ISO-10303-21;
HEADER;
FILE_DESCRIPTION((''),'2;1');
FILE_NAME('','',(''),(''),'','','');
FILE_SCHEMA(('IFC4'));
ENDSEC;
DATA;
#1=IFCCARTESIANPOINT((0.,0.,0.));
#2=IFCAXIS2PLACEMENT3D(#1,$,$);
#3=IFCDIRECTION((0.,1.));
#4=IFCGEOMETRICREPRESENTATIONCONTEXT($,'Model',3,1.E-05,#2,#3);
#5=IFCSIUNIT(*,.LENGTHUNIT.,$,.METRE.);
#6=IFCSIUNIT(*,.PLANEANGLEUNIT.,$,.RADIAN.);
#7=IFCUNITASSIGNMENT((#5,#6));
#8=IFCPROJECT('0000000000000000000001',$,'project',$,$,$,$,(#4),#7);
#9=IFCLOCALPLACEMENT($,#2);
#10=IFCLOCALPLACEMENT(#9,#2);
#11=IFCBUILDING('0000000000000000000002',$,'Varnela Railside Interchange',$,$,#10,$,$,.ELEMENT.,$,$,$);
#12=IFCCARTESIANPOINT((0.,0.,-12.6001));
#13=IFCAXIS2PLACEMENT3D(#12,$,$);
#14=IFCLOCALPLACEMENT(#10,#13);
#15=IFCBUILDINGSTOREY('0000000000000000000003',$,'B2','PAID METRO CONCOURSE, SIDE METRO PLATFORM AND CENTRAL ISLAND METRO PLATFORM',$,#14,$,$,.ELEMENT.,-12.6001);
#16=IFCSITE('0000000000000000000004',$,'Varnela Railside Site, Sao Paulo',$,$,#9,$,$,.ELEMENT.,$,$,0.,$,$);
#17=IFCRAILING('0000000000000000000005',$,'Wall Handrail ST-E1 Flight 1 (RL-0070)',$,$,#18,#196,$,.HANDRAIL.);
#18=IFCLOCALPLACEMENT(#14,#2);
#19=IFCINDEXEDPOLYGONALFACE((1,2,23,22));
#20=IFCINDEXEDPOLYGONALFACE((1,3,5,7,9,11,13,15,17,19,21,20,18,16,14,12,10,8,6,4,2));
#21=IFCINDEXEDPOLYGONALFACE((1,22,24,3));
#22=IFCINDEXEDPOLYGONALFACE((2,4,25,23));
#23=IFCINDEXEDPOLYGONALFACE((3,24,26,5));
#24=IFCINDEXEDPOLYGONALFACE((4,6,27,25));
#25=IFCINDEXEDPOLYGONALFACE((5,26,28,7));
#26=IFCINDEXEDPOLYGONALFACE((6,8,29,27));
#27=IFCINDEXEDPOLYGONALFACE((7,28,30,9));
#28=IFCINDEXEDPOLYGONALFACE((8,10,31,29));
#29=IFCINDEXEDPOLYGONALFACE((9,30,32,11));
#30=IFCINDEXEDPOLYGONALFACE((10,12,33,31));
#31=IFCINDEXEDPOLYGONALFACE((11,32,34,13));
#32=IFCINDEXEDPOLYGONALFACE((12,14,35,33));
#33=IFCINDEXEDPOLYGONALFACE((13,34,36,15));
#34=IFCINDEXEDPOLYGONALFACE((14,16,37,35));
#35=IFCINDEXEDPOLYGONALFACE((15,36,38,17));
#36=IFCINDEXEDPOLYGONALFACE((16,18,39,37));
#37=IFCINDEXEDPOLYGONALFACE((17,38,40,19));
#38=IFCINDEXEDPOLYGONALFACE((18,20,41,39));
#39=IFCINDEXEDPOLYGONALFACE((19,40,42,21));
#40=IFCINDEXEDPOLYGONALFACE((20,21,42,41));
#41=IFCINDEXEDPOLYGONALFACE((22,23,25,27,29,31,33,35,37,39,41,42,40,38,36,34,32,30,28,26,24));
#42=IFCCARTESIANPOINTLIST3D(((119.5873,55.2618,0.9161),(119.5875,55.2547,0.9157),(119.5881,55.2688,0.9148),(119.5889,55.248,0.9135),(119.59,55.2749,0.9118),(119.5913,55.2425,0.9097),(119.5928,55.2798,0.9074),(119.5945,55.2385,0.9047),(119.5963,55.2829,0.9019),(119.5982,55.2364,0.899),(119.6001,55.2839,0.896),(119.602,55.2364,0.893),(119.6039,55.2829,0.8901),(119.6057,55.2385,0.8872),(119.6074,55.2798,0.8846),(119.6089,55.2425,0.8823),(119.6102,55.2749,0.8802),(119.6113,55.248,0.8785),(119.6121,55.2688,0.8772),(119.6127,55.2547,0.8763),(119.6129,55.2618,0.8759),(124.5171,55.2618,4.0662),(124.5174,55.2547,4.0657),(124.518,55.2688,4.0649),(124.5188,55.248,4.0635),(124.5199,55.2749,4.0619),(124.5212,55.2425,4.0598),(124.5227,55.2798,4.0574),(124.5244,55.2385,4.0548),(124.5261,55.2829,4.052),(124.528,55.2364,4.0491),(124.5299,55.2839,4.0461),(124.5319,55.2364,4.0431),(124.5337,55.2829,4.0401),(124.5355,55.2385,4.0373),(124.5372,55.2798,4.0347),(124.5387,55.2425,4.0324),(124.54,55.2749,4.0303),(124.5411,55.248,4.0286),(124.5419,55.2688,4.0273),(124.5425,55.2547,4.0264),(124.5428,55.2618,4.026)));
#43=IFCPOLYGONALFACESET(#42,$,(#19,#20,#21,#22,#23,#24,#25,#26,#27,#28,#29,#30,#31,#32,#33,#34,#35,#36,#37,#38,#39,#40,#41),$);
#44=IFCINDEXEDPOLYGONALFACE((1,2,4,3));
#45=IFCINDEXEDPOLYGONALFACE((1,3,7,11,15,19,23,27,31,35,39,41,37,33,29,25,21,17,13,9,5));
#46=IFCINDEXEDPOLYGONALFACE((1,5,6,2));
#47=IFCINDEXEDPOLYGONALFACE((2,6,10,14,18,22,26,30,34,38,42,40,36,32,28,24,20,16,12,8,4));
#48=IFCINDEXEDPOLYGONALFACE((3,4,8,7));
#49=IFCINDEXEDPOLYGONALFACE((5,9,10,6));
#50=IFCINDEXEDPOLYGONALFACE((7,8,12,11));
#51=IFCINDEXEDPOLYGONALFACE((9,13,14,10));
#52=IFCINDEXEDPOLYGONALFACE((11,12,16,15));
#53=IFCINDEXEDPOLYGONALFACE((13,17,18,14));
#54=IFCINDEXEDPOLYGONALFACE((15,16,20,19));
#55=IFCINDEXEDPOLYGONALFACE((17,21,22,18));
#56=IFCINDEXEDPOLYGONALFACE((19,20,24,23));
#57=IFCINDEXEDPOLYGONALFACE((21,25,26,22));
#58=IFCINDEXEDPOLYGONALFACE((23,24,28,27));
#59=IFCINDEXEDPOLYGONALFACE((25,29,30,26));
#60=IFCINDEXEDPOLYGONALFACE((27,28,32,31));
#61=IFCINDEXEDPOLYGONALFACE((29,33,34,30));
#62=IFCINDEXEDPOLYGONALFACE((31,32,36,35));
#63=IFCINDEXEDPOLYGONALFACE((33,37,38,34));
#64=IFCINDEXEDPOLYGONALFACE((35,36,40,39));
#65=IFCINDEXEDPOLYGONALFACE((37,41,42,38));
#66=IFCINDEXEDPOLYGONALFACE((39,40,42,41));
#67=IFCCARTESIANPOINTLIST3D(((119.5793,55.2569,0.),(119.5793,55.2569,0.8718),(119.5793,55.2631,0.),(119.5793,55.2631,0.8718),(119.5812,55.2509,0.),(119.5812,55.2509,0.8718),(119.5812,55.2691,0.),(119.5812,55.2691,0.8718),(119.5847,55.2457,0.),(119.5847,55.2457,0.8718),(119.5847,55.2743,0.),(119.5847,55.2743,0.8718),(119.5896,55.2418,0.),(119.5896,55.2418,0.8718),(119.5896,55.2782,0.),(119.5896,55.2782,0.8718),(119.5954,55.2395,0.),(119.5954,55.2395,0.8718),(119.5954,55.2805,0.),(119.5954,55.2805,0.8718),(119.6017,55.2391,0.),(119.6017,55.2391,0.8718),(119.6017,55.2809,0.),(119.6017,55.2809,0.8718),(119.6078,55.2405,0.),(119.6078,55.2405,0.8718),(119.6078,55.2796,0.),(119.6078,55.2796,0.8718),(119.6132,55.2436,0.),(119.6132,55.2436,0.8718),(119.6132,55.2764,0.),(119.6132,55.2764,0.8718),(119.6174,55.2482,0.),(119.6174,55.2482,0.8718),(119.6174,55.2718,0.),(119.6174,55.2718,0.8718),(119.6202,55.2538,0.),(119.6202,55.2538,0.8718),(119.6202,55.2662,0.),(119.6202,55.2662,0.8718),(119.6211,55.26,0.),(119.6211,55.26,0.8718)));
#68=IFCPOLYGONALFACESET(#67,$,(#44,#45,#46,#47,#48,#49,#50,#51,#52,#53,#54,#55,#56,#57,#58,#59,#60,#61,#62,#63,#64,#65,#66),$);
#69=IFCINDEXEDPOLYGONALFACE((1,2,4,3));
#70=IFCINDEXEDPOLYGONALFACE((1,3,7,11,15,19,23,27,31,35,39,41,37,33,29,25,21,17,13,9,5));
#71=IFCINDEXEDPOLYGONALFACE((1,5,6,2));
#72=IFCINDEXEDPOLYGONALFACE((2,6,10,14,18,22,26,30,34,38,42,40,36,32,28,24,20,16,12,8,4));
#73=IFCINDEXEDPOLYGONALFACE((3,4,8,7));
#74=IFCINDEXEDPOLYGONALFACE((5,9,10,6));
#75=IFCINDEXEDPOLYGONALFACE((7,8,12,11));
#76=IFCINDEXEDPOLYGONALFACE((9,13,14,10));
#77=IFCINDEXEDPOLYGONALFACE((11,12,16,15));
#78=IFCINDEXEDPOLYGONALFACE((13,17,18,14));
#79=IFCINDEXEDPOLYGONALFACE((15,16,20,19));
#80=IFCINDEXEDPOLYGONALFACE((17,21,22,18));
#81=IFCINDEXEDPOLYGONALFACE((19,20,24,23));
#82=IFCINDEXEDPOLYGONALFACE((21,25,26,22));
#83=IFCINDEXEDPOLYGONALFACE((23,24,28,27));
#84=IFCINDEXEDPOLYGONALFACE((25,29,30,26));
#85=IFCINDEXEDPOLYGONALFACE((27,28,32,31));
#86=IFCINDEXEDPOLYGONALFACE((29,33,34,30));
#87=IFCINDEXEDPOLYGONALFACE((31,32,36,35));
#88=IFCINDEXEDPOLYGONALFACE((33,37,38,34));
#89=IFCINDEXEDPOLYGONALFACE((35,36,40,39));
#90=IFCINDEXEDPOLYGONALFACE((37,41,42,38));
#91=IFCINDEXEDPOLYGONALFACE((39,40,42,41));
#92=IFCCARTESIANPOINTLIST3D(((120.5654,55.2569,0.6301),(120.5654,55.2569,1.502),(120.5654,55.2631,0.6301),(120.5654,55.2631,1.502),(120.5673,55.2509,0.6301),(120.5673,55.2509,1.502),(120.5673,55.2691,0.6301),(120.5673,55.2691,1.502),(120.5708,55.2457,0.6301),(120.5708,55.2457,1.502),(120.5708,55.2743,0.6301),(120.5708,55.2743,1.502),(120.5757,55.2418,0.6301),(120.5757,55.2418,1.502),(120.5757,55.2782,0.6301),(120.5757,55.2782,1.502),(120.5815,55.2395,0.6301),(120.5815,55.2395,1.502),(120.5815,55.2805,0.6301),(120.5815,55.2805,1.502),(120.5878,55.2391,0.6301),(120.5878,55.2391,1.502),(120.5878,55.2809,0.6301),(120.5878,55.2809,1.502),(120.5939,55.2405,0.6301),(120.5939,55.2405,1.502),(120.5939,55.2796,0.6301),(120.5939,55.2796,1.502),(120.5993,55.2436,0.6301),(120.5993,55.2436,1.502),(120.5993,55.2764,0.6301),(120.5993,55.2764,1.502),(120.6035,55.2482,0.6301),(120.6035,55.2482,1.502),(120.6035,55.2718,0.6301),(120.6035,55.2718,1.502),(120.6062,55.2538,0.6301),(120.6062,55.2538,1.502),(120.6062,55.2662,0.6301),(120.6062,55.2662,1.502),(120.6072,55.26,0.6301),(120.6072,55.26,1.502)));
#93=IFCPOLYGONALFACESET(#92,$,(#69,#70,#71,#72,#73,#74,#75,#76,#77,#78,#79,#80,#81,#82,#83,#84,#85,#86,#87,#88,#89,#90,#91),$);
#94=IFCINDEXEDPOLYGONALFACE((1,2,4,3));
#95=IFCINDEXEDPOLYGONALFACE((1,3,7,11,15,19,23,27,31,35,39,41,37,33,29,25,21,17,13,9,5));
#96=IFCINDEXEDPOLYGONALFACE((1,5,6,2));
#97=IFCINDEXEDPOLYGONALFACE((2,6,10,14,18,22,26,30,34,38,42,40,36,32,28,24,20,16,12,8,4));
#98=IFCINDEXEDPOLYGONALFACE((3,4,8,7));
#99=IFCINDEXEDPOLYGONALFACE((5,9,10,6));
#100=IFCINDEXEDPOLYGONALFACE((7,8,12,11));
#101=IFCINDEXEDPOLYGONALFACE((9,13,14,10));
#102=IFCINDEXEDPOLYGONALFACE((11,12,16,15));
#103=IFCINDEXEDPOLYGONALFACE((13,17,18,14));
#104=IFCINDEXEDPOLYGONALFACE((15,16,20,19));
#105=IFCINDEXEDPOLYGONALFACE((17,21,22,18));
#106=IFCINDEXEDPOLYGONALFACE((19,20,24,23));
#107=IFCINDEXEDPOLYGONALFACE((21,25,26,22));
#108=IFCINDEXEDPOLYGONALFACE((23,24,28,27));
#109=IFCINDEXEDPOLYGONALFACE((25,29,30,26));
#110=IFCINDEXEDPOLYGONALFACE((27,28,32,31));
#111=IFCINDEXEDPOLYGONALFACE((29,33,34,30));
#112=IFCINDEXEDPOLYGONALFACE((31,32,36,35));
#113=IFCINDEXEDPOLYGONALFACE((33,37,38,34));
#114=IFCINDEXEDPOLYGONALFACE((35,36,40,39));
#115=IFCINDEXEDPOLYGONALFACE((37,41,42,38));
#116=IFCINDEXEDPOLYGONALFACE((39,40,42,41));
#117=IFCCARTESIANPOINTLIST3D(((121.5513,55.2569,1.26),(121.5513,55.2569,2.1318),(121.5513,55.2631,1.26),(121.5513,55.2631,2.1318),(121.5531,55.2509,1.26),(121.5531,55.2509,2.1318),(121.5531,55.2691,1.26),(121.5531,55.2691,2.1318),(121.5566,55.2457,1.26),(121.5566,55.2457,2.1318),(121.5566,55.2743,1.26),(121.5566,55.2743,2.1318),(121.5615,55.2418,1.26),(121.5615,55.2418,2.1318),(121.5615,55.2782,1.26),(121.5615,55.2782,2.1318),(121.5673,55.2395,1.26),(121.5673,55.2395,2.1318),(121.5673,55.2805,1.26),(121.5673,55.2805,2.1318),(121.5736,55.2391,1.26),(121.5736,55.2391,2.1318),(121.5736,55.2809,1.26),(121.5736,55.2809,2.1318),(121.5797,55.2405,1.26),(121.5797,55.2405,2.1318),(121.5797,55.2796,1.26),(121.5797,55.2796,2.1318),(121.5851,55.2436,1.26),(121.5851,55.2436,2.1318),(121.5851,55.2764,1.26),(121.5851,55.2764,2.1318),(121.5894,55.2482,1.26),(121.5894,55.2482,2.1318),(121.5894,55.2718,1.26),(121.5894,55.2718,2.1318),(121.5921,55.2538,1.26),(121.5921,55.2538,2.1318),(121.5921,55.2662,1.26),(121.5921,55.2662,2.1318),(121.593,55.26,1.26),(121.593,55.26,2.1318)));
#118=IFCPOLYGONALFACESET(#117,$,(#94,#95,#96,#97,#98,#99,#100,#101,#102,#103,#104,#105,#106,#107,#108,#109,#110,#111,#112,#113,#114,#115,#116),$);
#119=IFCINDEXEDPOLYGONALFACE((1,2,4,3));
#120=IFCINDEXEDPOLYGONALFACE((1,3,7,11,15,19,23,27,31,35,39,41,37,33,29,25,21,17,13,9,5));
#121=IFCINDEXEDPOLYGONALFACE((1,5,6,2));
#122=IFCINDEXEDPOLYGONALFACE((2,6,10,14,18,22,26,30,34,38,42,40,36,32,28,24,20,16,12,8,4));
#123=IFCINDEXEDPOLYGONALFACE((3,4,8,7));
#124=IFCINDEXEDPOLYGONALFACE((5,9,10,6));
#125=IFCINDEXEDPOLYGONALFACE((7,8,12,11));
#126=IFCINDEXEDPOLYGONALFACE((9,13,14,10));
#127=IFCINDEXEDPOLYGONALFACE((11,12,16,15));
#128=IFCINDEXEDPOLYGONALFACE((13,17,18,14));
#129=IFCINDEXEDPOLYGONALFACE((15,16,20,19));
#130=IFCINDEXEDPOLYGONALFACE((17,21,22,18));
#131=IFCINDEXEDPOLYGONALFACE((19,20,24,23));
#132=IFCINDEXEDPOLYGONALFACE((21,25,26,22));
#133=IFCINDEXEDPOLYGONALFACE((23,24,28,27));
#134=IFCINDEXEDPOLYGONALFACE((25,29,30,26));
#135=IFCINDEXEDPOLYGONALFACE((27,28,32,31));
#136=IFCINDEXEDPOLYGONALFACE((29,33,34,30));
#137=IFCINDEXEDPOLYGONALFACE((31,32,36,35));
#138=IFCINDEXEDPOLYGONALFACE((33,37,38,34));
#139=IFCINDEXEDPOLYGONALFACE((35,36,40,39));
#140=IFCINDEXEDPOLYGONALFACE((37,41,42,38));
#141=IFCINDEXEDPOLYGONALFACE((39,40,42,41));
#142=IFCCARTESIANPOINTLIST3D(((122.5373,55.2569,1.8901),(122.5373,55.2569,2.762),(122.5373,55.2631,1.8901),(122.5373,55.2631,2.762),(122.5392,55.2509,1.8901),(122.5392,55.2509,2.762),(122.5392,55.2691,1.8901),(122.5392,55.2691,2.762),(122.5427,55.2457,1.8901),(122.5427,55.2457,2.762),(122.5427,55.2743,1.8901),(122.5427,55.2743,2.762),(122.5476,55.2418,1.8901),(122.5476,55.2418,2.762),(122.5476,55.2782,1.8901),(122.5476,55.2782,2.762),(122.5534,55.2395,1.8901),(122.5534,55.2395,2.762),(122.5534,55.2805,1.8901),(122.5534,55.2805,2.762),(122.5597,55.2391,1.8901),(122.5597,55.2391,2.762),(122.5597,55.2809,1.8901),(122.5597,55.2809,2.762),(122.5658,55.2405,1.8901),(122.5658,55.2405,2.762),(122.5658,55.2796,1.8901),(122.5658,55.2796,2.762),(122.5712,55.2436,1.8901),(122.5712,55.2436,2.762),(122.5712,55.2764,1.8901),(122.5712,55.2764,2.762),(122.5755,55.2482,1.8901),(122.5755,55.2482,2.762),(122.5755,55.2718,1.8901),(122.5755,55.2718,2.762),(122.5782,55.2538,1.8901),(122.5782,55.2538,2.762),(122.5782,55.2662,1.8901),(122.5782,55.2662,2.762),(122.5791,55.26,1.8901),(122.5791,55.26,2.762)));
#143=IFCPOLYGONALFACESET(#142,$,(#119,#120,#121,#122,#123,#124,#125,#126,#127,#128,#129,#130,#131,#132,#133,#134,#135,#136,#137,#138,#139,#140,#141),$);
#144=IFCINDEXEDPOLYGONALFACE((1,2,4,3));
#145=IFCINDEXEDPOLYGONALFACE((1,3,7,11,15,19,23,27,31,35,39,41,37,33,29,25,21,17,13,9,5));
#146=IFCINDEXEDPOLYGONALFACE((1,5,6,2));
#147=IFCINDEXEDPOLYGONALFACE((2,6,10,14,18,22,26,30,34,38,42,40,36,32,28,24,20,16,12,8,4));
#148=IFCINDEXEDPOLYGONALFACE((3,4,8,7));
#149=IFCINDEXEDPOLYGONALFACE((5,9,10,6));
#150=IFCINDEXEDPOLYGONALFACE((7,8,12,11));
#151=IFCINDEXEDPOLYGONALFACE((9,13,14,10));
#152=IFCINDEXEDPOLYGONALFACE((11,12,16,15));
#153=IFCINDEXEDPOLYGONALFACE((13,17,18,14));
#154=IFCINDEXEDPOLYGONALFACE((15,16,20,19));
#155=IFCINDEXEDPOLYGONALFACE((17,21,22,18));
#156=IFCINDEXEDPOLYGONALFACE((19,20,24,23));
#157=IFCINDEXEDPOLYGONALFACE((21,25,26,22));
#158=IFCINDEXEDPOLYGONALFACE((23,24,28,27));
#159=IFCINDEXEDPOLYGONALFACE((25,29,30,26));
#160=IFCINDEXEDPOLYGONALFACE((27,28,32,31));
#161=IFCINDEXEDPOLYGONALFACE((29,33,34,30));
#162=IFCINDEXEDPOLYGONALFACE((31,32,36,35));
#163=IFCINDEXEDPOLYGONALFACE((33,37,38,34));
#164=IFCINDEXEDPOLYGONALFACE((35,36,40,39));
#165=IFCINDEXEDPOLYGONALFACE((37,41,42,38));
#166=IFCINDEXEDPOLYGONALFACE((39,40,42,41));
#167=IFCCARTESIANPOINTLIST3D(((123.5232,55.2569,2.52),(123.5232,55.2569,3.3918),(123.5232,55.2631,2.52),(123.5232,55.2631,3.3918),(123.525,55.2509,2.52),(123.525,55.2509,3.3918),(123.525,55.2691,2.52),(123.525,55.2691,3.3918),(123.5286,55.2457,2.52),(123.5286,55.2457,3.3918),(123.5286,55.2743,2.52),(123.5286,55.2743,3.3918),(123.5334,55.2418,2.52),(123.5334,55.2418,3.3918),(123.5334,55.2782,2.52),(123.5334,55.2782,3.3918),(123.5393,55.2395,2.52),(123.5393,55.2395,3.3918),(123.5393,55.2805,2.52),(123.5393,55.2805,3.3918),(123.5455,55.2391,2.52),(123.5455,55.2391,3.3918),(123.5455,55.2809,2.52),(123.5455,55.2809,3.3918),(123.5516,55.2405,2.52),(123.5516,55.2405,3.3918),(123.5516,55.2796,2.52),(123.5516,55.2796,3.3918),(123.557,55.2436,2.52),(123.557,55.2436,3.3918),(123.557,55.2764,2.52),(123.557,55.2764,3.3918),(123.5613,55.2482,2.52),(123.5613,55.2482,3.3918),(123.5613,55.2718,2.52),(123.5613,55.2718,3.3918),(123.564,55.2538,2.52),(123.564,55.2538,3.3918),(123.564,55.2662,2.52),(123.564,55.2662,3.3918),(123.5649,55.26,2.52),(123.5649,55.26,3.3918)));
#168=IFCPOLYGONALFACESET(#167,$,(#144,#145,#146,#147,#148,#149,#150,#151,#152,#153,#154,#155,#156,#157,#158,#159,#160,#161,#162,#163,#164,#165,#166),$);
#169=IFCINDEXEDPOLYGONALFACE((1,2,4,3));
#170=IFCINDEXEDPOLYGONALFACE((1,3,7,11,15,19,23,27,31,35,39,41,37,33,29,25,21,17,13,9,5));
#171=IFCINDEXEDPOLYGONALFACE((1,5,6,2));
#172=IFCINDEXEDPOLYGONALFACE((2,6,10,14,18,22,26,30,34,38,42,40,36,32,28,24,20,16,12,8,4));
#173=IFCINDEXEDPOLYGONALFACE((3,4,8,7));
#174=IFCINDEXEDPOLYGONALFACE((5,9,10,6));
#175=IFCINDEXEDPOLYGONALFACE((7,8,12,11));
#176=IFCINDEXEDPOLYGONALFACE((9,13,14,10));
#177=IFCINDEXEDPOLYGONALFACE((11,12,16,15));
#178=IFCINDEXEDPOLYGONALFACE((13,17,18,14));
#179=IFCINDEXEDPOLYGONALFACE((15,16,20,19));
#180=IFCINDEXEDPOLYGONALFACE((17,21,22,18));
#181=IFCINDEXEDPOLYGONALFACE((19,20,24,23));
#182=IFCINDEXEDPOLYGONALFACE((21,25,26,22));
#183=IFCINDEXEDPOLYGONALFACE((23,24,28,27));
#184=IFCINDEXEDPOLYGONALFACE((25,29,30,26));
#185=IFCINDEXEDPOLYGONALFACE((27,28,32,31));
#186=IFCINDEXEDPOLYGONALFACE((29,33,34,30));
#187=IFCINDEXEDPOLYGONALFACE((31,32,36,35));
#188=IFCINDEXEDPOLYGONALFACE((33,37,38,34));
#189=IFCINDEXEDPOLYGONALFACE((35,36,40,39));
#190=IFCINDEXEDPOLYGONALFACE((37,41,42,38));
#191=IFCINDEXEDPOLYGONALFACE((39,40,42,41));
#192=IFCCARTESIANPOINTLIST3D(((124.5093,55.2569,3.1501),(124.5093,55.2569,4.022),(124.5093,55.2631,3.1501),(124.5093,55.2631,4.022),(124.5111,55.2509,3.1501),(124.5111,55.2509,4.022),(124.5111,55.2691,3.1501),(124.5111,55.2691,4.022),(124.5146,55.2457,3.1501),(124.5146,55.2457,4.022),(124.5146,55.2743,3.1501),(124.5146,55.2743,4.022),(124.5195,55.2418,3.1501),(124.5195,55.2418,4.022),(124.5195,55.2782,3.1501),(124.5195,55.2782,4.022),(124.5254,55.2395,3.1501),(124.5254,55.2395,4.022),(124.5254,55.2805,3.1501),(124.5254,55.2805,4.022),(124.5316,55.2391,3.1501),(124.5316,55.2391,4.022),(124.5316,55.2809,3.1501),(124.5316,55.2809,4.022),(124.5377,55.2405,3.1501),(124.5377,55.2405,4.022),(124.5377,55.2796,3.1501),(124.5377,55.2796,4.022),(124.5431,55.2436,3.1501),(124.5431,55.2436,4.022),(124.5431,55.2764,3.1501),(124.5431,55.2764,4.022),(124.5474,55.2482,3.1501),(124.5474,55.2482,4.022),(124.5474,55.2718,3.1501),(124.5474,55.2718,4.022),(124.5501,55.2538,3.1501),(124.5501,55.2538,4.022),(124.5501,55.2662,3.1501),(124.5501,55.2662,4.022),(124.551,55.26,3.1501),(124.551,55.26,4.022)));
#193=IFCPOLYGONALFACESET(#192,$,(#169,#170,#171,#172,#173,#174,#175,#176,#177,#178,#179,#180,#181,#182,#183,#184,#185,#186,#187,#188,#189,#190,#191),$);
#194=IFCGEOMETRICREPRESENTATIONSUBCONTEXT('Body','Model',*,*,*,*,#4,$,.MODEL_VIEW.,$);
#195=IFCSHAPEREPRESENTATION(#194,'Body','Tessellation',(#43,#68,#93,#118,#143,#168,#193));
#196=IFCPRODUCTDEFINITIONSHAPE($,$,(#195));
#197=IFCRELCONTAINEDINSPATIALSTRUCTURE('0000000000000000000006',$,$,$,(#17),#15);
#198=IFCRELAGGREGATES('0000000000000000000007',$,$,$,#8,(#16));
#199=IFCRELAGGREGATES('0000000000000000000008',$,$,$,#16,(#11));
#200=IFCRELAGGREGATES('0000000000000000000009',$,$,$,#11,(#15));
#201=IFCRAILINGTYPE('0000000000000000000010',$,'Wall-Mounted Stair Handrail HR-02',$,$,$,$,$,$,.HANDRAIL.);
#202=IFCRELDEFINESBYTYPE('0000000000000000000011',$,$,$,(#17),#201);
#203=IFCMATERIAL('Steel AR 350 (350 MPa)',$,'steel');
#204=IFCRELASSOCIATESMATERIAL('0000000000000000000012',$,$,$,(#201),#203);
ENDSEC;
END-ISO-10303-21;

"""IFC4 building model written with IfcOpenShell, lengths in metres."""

from ifc_helpers import new_model, si_unit, direction, frame, origin, origin_2d, place, context, subcontext, project, spatial, circle, extrude, material, type_object, element, save


model = new_model("IFC4")

# Units and contexts
model_context = context("Model", 3, precision=1e-05, world=origin(), true_north=direction((0.0, 1.0)))
body_context = subcontext(model_context, "Body", "Model", "MODEL_VIEW")
ifc_project = project(units=[si_unit("LENGTHUNIT", "METRE"), si_unit("PLANEANGLEUNIT", "RADIAN")], contexts=[model_context])

# Site, building, storey
site_placement = place(None, origin())
site = spatial("IfcSite", under=ifc_project, at=site_placement, Name="Varnela Railside Site, Sao Paulo", CompositionType="ELEMENT", RefElevation=0.0)
building_placement = place(site_placement, origin())
building = spatial("IfcBuilding", under=site, at=building_placement, Name="Varnela Railside Interchange", CompositionType="ELEMENT")
storey_placement = place(building_placement, frame((0.0, 0.0, -12.6001)))
storey = spatial("IfcBuildingStorey", under=building, at=storey_placement, Name="B2", Description="PAID METRO CONCOURSE, SIDE METRO PLATFORM AND CENTRAL ISLAND METRO PLATFORM", CompositionType="ELEMENT", Elevation=-12.6001)

# Shared definitions
ifc_material_1 = material(Name="Steel AR 350 (350 MPa)", Category="steel")

# Railing
railing_type_1 = type_object("IfcRailingType", Name="Wall-Mounted Stair Handrail HR-02", PredefinedType="HANDRAIL", material=ifc_material_1)
railing_1_placement = place(storey_placement, frame((119.6001, 55.26, 0.0)))
element("IfcRailing", 1, at=railing_1_placement, inside=storey, type_object=railing_type_1, Name="Wall Handrail ST-E1 Flight 1 (RL-0070)", PredefinedType="HANDRAIL", context=body_context, shape_type="SweptSolid", body=[
    extrude(circle(Radius=0.0239, at=origin_2d()), frame((0.0, 0.0, 0.896), z_axis=(0.84266, 0.0, 0.538446), x_axis=(0.0, 1.0, 0.0)), (0.0, 0.0, 1.0), 5.8503),
    extrude(circle(Radius=0.021, at=origin_2d()), origin(), (0.0, 0.0, 1.0), 0.8718),
    extrude(circle(Radius=0.021, at=origin_2d()), frame((0.9861, 0.0, 0.6301)), (0.0, 0.0, 1.0), 0.8718),
    extrude(circle(Radius=0.021, at=origin_2d()), frame((1.9719, 0.0, 1.26)), (0.0, 0.0, 1.0), 0.8718),
    extrude(circle(Radius=0.021, at=origin_2d()), frame((2.958, 0.0, 1.8901)), (0.0, 0.0, 1.0), 0.8718),
    extrude(circle(Radius=0.021, at=origin_2d()), frame((3.9438, 0.0, 2.52)), (0.0, 0.0, 1.0), 0.8718),
    extrude(circle(Radius=0.021, at=origin_2d()), frame((4.9299, 0.0, 3.1501)), (0.0, 0.0, 1.0), 0.8718),
])

save(model, "model.ifc")
